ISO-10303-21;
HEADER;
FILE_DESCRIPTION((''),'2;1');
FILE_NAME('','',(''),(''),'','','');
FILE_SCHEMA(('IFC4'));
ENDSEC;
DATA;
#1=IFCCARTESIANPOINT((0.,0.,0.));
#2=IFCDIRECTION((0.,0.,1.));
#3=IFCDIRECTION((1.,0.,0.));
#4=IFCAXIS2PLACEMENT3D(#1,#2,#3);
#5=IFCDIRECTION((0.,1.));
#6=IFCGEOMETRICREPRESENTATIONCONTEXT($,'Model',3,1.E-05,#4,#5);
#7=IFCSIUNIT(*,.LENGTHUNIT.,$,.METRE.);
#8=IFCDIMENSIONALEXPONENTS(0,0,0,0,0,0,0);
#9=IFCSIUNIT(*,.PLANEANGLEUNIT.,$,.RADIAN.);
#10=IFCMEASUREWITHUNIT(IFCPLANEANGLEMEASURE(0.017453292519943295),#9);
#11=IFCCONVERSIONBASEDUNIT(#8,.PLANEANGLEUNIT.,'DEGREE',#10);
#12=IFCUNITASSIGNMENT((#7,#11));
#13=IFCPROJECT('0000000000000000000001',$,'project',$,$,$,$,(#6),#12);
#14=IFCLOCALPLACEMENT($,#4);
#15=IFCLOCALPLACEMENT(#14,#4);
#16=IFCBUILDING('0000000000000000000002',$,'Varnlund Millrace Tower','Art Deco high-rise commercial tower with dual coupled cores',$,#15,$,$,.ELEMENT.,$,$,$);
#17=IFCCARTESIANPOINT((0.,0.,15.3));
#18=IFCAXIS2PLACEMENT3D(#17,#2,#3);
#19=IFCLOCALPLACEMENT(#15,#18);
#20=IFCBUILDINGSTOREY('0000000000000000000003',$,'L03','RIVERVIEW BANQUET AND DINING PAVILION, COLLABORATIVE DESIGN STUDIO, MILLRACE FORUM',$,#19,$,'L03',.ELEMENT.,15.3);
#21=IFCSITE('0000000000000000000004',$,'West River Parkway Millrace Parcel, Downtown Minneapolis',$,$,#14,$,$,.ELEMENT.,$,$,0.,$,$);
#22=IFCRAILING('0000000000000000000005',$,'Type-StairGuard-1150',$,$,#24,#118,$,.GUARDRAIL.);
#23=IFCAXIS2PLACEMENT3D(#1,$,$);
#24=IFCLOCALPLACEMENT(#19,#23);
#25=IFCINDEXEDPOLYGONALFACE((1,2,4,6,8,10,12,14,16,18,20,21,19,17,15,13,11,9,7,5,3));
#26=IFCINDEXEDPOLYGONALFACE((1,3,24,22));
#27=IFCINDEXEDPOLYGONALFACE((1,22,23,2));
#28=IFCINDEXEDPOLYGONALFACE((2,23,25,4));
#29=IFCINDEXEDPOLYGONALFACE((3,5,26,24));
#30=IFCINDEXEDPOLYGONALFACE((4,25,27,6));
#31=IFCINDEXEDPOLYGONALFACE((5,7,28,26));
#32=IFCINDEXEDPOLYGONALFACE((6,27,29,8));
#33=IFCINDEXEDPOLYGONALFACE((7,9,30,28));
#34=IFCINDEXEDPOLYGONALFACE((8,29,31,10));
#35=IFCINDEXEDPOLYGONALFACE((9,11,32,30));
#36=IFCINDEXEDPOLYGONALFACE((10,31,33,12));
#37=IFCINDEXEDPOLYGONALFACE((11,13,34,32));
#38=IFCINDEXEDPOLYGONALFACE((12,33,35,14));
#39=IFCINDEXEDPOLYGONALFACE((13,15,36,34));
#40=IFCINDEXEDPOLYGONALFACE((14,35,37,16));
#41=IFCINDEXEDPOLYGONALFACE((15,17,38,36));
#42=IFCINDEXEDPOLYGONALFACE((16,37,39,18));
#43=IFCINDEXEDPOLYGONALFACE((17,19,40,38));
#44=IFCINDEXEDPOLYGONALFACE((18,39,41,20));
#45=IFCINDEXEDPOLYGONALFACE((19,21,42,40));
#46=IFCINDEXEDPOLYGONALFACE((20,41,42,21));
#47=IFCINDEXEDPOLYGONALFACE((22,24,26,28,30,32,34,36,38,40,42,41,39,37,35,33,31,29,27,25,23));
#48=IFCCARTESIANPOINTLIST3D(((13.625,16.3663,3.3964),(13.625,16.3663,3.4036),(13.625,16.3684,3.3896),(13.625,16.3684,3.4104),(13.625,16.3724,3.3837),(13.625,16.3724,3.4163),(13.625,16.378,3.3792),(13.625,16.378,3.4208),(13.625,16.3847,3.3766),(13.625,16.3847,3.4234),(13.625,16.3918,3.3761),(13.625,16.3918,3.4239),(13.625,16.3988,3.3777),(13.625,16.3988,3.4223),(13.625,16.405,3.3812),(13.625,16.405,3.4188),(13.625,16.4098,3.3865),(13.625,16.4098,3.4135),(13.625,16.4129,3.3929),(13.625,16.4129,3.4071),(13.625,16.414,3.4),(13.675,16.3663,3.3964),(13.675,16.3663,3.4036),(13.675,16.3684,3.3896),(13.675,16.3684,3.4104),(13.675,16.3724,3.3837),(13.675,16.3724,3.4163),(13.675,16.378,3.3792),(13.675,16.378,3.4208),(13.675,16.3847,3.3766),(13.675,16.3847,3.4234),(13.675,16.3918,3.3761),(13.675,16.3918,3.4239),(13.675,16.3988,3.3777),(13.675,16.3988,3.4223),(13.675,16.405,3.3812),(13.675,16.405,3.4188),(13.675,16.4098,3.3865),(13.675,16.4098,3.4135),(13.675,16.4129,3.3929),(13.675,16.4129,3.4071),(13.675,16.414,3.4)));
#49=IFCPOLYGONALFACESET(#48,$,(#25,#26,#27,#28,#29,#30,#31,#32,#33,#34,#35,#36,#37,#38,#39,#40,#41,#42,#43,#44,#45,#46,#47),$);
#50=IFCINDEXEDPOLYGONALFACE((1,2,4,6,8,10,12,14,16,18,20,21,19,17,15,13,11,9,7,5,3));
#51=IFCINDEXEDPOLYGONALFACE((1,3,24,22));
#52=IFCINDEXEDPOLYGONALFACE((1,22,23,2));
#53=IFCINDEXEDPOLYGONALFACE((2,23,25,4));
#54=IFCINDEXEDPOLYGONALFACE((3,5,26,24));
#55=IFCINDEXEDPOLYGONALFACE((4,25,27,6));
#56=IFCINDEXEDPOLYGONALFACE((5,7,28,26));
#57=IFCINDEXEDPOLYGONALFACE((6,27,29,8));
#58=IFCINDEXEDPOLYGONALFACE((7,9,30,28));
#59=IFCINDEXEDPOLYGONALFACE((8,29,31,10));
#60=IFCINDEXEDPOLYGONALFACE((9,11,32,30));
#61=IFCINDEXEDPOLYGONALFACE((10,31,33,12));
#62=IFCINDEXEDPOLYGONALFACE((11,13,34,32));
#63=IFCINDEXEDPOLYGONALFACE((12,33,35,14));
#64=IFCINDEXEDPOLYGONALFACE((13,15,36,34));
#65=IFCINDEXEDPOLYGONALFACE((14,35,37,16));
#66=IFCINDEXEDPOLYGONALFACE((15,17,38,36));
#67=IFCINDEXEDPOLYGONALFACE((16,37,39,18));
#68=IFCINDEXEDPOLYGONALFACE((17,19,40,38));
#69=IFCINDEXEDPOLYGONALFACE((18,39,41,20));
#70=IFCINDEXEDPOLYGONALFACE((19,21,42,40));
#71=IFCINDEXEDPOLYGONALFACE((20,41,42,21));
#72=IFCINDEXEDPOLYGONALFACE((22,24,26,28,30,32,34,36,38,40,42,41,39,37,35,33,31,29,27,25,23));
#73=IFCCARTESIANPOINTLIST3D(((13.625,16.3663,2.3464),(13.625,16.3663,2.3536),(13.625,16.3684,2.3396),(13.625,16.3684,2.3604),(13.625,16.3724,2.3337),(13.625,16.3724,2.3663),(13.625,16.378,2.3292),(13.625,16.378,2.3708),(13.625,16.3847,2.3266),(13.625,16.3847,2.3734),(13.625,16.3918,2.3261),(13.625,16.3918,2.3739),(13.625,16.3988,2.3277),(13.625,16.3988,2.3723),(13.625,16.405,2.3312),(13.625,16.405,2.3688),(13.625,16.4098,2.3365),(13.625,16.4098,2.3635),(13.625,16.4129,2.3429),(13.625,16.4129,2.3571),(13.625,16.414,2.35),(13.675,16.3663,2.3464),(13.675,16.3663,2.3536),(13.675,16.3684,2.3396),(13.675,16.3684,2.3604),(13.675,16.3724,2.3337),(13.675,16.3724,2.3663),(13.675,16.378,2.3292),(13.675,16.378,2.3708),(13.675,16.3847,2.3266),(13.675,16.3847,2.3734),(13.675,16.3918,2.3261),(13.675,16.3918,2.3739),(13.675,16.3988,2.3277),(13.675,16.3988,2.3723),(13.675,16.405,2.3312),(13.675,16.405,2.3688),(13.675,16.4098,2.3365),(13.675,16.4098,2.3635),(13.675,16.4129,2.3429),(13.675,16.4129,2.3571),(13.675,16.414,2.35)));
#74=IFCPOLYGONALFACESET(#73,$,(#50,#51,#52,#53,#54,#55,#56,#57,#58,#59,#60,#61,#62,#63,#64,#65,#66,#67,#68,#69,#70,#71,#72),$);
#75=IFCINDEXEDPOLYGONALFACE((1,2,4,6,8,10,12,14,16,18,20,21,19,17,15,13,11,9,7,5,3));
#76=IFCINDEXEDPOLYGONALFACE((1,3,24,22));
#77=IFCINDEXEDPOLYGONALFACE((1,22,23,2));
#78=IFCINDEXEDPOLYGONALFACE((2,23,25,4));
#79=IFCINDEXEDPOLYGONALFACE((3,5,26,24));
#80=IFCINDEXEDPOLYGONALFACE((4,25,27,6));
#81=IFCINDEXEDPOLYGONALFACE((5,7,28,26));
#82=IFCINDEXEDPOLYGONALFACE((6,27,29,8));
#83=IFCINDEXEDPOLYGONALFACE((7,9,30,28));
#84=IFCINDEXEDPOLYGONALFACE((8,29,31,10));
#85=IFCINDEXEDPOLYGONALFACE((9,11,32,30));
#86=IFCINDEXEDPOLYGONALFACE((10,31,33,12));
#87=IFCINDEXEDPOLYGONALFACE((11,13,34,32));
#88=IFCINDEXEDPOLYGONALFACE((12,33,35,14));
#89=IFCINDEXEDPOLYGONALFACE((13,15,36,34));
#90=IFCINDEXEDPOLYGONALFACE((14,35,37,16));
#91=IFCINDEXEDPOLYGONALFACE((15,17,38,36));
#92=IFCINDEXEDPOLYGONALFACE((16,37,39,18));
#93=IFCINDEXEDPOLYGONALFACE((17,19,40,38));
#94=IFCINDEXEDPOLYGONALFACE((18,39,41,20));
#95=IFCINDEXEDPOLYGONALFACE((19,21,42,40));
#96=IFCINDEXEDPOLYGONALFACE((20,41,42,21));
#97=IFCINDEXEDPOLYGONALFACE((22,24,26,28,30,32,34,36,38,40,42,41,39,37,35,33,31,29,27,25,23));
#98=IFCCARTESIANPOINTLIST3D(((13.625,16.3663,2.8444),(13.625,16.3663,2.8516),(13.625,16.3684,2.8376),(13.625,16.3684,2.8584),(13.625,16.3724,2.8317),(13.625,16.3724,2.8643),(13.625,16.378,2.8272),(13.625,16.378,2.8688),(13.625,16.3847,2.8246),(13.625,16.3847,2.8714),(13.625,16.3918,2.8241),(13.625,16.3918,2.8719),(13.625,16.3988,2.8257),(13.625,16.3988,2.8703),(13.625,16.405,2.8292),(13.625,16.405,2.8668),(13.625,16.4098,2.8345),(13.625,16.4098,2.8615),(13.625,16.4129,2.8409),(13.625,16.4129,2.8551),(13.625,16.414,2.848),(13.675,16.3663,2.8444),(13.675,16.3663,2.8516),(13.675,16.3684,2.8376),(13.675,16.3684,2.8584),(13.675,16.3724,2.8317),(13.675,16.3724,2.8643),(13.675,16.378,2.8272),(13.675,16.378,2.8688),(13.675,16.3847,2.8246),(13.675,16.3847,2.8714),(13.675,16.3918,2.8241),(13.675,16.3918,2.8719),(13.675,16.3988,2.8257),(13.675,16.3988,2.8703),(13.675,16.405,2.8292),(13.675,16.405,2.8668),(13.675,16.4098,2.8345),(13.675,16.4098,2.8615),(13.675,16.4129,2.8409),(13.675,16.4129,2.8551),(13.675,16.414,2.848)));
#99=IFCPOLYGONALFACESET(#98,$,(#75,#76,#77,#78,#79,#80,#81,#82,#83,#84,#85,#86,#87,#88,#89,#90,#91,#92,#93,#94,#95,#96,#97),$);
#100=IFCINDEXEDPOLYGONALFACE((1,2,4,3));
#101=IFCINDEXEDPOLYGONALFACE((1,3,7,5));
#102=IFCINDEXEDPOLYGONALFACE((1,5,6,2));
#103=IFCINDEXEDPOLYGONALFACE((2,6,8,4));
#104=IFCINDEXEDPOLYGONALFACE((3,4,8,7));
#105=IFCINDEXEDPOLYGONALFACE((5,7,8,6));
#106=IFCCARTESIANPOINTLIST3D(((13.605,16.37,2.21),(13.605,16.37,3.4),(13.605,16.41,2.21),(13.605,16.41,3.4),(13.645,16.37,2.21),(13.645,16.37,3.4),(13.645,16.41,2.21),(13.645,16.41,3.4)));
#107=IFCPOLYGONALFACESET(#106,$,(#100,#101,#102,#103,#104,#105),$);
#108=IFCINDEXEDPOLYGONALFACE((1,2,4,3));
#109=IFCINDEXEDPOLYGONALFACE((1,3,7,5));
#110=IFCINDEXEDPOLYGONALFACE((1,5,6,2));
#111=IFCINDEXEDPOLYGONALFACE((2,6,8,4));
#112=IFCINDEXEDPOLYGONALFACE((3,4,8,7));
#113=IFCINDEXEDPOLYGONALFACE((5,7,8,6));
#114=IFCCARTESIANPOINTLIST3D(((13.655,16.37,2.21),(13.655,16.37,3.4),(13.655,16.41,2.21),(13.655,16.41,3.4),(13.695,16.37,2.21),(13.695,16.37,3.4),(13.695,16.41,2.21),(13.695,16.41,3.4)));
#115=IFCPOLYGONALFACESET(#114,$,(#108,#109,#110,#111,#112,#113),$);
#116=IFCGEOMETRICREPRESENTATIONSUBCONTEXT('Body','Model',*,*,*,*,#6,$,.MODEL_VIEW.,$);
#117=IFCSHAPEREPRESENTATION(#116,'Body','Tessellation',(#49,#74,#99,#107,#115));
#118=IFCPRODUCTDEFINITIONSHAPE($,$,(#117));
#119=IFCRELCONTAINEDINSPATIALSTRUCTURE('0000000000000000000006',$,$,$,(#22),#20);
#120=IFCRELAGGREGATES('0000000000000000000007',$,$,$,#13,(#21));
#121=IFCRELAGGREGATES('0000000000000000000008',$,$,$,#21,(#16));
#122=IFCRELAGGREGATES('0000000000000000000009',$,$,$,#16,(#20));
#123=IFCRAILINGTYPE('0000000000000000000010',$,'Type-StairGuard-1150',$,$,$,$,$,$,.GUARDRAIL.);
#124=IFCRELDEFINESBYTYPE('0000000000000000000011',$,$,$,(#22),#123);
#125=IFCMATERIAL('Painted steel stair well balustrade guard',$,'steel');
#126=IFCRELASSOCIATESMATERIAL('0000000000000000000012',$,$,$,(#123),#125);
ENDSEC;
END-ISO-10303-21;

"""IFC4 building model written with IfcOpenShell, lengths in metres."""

from ifc_helpers import new_model, entity, si_unit, converted_unit, direction, frame, origin_with_axes, origin_2d_with_axis, place, context, subcontext, project, spatial, rectangle, circle, extrude, material, type_object, element, save


model = new_model("IFC4")

# Units and contexts
model_context = context("Model", 3, precision=1e-05, world=origin_with_axes(), true_north=direction((0.0, 1.0)))
body_context = subcontext(model_context, "Body", "Model", "MODEL_VIEW")
ifc_project = project(units=[si_unit("LENGTHUNIT", "METRE"), converted_unit("PLANEANGLEUNIT", "DEGREE", entity("IfcPlaneAngleMeasure", 0.017453292519943295), si_unit("PLANEANGLEUNIT", "RADIAN"), dimensions=[0, 0, 0, 0, 0, 0, 0])], contexts=[model_context])

# Site, building, storey
site_placement = place(None, origin_with_axes())
site = spatial("IfcSite", under=ifc_project, at=site_placement, Name="West River Parkway Millrace Parcel, Downtown Minneapolis", CompositionType="ELEMENT", RefElevation=0.0)
building_placement = place(site_placement, origin_with_axes())
building = spatial("IfcBuilding", under=site, at=building_placement, Name="Varnlund Millrace Tower", Description="Art Deco high-rise commercial tower with dual coupled cores", CompositionType="ELEMENT")
storey_placement = place(building_placement, frame((0.0, 0.0, 15.3), z_axis=(0.0, 0.0, 1.0), x_axis=(1.0, 0.0, 0.0)))
storey = spatial("IfcBuildingStorey", under=building, at=storey_placement, Name="L03", Description="RIVERVIEW BANQUET AND DINING PAVILION, COLLABORATIVE DESIGN STUDIO, MILLRACE FORUM", LongName="L03", CompositionType="ELEMENT", Elevation=15.3)

# Railing
ifc_material_1 = material(Name="Painted steel stair well balustrade guard", Category="steel")
railing_type_1 = type_object("IfcRailingType", Name="Type-StairGuard-1150", PredefinedType="GUARDRAIL", material=ifc_material_1)
railing_1_placement = place(storey_placement, frame((0.0, 0.0, -15.3), z_axis=(0.0, 0.0, 1.0), x_axis=(1.0, 0.0, 0.0)))
element("IfcRailing", 1, at=railing_1_placement, inside=storey, type_object=railing_type_1, Name="Type-StairGuard-1150", PredefinedType="GUARDRAIL", context=body_context, shape_type="SweptSolid", body=[
    extrude(circle(Radius=0.024, at=origin_2d_with_axis()), frame((13.625, 16.39, 18.7), z_axis=(1.0, 0.0, 0.0), x_axis=(0.0, 1.0, 0.0)), (0.0, 0.0, 1.0), 0.05),
    extrude(circle(Radius=0.024, at=origin_2d_with_axis()), frame((13.625, 16.39, 17.65), z_axis=(1.0, 0.0, 0.0), x_axis=(0.0, 1.0, 0.0)), (0.0, 0.0, 1.0), 0.05),
    extrude(circle(Radius=0.024, at=origin_2d_with_axis()), frame((13.625, 16.39, 18.148), z_axis=(1.0, 0.0, 0.0), x_axis=(0.0, 1.0, 0.0)), (0.0, 0.0, 1.0), 0.05),
    extrude(rectangle(XDim=0.04, YDim=0.04, at=origin_2d_with_axis()), frame((13.625, 16.39, 17.51), z_axis=(0.0, 0.0, 1.0), x_axis=(1.0, 0.0, 0.0)), (0.0, 0.0, 1.0), 1.19),
    extrude(rectangle(XDim=0.04, YDim=0.04, at=origin_2d_with_axis()), frame((13.675, 16.39, 17.51), z_axis=(0.0, 0.0, 1.0), x_axis=(1.0, 0.0, 0.0)), (0.0, 0.0, 1.0), 1.19),
])

save(model, "model.ifc")
